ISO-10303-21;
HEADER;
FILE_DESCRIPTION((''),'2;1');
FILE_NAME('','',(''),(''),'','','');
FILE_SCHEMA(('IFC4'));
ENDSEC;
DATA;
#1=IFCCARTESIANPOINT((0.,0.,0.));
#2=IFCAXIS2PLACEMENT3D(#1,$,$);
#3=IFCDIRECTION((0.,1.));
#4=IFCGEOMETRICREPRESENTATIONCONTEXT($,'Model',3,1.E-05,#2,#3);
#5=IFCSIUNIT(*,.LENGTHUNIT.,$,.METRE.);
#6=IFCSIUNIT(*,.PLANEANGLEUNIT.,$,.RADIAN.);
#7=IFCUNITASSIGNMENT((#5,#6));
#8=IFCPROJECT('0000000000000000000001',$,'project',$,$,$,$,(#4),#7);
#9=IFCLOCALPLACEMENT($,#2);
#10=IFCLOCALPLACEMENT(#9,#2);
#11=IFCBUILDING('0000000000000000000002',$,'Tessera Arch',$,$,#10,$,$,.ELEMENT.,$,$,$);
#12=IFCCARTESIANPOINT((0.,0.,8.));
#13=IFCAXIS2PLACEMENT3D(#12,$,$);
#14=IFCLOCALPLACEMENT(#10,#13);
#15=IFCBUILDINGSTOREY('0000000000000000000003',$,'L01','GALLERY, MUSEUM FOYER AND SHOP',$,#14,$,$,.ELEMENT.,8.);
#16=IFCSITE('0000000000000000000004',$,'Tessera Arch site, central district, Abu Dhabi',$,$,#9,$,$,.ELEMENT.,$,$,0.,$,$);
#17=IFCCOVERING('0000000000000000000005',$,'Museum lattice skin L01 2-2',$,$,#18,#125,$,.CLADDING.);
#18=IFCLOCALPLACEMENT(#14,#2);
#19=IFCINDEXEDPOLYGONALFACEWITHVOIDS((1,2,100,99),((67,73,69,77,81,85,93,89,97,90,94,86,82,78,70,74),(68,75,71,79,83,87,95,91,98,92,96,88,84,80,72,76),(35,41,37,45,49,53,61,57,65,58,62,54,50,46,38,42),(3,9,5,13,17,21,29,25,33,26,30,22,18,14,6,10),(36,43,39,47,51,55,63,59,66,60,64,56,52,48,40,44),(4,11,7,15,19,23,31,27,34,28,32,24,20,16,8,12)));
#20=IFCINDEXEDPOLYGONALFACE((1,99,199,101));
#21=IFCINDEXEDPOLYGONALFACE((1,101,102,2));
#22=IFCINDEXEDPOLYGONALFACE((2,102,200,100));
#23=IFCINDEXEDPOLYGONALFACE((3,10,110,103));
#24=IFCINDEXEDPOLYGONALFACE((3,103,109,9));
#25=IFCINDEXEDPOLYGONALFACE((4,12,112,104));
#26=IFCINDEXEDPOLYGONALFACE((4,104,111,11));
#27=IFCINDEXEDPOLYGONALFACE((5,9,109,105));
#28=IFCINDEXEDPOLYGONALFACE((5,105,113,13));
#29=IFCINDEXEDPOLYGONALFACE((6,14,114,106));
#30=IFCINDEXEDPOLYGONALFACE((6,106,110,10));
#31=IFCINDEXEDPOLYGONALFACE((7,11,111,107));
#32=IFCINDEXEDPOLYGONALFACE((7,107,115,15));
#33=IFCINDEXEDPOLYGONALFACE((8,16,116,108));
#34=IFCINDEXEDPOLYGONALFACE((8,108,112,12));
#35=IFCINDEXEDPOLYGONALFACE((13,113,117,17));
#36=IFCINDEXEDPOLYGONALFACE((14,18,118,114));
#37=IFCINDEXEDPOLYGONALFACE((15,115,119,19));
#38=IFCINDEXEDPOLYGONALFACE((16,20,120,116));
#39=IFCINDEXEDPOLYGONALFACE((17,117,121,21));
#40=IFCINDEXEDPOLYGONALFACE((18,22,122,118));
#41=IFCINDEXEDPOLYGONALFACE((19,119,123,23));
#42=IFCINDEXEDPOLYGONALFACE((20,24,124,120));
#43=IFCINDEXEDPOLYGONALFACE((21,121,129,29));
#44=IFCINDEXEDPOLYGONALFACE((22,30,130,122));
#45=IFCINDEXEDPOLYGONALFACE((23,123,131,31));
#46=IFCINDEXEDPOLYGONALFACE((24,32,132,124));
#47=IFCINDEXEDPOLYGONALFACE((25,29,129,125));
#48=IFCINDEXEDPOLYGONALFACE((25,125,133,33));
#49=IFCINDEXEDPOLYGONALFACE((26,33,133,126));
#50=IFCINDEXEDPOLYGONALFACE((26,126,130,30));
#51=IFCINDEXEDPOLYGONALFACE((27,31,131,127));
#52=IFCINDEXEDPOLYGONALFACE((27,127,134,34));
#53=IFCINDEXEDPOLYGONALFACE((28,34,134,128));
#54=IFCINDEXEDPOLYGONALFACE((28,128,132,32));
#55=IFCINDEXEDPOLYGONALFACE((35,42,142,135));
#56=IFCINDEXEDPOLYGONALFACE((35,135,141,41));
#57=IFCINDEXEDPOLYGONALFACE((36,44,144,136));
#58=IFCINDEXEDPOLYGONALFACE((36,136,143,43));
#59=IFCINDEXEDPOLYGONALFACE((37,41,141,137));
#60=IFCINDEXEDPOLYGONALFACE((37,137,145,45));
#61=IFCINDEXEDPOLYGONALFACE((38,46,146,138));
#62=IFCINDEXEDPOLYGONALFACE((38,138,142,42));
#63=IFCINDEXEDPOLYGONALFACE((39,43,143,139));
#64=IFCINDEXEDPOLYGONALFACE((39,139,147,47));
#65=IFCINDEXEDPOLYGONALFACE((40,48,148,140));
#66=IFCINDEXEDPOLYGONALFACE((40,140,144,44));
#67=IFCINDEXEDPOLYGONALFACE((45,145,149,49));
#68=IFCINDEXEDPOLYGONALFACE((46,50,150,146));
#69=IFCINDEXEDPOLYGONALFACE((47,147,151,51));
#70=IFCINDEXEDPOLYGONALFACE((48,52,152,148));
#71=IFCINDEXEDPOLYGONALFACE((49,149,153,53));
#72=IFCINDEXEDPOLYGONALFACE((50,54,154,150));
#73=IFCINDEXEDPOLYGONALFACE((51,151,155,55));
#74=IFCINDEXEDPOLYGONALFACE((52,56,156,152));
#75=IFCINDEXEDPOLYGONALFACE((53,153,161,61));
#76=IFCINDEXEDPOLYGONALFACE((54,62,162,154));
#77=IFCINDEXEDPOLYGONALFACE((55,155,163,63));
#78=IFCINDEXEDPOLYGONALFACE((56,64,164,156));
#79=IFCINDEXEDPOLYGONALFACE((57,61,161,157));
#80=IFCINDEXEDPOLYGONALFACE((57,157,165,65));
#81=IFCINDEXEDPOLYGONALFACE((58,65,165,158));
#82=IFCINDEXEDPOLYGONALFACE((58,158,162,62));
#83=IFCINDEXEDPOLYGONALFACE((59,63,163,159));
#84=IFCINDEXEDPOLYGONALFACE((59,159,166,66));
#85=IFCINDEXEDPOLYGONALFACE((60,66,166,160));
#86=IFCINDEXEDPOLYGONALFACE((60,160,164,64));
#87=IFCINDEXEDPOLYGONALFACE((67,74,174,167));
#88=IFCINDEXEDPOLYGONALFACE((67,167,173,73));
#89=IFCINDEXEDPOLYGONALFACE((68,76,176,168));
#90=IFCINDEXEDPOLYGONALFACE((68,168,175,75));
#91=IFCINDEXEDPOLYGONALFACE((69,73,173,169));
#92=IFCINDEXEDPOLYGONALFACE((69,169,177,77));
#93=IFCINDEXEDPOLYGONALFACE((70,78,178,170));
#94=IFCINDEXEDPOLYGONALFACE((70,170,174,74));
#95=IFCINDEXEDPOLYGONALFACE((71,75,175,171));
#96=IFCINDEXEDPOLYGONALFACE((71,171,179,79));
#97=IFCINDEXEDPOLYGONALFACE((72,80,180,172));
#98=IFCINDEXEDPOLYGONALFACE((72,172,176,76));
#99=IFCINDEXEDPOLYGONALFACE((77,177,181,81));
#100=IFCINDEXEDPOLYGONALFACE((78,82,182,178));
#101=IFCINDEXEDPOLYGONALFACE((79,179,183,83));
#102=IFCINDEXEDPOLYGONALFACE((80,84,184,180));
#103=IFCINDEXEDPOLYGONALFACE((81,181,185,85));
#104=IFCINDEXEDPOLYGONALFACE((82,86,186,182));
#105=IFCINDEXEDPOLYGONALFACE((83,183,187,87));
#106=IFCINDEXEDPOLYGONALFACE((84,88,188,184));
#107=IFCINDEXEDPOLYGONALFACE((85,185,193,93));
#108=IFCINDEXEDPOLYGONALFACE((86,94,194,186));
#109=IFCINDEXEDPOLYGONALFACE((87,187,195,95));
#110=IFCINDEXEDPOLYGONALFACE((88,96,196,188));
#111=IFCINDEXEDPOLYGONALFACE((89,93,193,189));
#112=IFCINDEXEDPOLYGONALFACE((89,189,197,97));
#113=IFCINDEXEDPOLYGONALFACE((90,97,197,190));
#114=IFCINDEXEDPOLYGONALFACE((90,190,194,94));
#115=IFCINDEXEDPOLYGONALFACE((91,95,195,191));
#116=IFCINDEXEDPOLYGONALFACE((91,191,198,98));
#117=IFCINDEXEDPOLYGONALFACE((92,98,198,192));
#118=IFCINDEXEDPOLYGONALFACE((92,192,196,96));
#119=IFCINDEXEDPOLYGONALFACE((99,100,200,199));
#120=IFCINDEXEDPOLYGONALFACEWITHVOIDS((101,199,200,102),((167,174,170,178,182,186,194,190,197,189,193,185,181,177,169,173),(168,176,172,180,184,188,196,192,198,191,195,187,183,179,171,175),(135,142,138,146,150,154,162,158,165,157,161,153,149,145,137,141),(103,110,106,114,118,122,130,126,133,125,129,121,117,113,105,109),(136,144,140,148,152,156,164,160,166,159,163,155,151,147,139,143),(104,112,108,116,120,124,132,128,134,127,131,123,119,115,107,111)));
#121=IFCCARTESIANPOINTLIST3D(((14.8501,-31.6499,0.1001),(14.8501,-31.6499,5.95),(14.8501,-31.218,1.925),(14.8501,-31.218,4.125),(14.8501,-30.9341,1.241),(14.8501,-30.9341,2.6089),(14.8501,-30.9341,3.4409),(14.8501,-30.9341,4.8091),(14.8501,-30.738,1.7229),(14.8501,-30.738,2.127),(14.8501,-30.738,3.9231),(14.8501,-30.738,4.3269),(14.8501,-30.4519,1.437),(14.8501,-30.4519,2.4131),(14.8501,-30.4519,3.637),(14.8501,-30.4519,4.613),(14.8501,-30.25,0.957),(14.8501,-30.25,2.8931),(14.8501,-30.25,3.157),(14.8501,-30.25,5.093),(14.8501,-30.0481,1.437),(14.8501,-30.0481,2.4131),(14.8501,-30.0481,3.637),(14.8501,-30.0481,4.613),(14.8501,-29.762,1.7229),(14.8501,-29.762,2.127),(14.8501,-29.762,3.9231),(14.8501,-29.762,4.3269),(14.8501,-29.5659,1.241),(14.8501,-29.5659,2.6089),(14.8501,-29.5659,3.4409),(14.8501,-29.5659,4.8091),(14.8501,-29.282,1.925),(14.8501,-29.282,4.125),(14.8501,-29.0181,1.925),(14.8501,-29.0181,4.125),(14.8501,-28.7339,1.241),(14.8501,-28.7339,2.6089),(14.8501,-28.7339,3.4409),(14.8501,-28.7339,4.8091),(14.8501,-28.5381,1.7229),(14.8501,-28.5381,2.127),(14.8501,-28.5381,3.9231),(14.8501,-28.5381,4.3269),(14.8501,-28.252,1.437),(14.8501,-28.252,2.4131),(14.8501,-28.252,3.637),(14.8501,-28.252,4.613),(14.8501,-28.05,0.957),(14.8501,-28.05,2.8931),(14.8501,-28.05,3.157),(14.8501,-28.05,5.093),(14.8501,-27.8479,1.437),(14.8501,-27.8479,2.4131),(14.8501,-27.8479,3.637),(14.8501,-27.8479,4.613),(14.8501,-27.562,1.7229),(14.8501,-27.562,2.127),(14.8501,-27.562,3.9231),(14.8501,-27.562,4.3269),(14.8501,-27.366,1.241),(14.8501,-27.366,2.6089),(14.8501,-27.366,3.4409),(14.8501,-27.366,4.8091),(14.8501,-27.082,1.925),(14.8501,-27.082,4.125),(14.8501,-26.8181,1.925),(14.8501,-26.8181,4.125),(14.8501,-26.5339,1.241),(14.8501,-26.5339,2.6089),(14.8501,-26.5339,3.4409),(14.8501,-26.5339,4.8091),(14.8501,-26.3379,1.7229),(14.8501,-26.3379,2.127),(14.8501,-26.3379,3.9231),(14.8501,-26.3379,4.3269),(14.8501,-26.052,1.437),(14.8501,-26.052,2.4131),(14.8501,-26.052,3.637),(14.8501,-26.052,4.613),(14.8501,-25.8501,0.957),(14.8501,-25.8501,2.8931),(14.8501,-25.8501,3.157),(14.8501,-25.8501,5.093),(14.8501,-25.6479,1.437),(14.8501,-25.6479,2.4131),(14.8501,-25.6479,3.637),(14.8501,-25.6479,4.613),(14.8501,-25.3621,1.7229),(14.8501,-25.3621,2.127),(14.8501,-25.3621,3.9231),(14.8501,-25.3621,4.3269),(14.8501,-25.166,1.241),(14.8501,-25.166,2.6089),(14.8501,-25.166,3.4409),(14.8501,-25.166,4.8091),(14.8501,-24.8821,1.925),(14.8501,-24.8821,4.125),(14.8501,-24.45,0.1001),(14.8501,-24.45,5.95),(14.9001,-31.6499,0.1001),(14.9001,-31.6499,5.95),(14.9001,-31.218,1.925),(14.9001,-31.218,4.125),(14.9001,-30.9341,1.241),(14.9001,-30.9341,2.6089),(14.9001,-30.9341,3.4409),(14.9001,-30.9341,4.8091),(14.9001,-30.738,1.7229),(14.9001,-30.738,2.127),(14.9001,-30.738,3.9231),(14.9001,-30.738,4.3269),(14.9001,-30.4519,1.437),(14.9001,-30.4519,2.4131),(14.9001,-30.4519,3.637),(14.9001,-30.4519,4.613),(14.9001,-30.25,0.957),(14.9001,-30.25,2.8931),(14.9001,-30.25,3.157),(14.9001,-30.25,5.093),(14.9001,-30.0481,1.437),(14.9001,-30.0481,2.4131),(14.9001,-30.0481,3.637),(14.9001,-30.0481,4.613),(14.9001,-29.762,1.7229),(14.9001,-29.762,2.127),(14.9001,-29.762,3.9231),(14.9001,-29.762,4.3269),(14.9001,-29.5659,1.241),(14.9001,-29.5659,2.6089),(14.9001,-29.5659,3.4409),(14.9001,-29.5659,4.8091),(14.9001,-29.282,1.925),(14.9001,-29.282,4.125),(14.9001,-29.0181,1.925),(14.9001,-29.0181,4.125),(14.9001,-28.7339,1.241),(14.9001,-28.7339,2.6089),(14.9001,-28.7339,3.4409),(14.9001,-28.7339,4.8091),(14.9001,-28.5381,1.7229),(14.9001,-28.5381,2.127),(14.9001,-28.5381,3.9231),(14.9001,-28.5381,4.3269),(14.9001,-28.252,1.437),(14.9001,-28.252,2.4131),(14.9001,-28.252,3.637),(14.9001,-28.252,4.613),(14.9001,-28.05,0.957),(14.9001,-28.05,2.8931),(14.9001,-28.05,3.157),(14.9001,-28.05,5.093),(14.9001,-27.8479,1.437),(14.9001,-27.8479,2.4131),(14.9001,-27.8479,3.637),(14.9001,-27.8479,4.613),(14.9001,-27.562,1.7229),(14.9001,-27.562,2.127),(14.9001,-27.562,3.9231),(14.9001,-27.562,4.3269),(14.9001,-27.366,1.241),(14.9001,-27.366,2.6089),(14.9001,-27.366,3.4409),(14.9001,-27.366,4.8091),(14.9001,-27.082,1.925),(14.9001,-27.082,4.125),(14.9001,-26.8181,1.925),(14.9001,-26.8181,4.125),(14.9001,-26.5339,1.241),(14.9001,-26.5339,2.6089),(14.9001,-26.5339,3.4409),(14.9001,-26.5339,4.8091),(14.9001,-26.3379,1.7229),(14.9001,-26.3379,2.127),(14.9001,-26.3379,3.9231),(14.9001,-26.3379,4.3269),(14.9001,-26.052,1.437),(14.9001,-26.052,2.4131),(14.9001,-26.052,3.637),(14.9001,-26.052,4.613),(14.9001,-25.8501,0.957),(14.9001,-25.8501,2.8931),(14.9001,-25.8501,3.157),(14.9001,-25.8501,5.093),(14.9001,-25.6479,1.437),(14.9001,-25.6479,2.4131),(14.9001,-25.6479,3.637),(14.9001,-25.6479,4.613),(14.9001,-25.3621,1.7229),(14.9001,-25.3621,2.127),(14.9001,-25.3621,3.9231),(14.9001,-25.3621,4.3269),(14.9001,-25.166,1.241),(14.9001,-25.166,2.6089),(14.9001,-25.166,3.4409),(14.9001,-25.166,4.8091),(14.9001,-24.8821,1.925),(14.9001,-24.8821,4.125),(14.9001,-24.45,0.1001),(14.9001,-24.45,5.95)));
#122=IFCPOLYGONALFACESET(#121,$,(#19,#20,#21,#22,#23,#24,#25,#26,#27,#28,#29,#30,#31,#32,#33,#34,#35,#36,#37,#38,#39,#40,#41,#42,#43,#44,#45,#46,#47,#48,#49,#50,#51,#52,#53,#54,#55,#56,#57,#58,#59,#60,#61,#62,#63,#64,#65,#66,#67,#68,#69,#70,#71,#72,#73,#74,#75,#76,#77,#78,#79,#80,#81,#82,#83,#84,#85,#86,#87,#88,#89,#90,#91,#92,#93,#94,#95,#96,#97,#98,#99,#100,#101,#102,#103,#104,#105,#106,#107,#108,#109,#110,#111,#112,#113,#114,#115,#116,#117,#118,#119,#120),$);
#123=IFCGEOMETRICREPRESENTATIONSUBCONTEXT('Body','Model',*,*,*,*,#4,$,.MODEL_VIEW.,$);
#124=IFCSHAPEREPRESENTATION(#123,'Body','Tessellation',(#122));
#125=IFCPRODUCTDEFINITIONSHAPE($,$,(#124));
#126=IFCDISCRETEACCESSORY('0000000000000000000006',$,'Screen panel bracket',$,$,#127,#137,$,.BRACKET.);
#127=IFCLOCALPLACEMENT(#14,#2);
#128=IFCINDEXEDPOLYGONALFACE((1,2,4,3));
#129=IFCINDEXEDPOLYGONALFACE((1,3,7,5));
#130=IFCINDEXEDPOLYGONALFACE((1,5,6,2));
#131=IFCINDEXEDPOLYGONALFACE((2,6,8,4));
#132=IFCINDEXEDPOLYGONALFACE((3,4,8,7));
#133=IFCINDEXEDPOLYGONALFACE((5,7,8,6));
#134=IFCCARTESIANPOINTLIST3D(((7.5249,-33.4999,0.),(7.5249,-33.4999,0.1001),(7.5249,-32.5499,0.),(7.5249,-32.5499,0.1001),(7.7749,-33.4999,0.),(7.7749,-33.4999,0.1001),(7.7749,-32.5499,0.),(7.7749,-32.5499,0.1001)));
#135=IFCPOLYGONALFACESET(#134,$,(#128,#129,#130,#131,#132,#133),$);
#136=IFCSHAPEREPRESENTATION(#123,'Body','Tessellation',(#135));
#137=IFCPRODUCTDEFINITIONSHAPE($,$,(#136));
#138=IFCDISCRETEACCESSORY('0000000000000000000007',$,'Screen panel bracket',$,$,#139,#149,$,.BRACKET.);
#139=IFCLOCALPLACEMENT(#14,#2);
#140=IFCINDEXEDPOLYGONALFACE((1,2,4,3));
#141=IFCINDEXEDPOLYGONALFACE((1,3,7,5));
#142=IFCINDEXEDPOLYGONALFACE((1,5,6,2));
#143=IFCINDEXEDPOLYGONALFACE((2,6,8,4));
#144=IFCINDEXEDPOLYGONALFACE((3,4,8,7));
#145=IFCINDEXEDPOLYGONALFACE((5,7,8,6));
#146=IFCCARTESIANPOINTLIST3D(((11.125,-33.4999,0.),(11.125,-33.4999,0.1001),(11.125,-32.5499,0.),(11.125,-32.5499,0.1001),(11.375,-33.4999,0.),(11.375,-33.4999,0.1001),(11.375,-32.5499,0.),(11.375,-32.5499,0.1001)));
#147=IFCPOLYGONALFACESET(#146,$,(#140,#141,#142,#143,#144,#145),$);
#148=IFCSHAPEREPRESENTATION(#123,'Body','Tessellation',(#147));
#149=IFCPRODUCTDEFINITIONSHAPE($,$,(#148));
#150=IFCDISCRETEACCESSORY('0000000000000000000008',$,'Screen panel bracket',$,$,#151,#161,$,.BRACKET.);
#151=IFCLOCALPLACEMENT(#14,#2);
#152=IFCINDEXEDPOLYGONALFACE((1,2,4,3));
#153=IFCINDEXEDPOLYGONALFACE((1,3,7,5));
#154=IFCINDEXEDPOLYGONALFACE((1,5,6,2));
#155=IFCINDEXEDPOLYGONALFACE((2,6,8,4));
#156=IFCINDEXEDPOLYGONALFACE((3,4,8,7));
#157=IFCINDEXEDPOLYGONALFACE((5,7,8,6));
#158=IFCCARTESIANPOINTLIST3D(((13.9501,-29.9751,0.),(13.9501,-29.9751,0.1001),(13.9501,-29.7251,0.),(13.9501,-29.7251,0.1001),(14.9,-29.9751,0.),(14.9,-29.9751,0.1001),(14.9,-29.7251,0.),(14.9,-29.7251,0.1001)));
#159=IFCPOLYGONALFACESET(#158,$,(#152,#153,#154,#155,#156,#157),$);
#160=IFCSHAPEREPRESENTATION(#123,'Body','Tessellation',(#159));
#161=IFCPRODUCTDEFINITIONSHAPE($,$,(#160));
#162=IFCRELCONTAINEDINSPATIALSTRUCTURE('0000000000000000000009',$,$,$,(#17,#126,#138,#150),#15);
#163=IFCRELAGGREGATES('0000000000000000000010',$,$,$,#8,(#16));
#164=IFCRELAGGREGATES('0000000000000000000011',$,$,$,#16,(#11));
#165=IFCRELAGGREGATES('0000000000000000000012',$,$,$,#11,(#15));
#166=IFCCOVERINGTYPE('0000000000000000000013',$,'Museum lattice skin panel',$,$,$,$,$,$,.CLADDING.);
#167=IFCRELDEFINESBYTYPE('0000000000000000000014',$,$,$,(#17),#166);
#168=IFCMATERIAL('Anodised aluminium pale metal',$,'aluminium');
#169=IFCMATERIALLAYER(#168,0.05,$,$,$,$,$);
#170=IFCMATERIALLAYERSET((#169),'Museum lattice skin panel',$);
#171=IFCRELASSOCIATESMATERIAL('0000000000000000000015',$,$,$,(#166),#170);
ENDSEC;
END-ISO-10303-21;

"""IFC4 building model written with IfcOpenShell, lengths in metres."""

from ifc_helpers import new_model, si_unit, direction, frame, origin, origin_2d, place, context, subcontext, project, spatial, polyline, rectangle, outline, extrude, material, layer, layer_set, type_object, element, save


model = new_model("IFC4")

# Units and contexts
model_context = context("Model", 3, precision=1e-05, world=origin(), true_north=direction((0.0, 1.0)))
body_context = subcontext(model_context, "Body", "Model", "MODEL_VIEW")
ifc_project = project(units=[si_unit("LENGTHUNIT", "METRE"), si_unit("PLANEANGLEUNIT", "RADIAN")], contexts=[model_context])

# Site, building, storey
site_placement = place(None, origin())
site = spatial("IfcSite", under=ifc_project, at=site_placement, Name="Tessera Arch site, central district, Abu Dhabi", CompositionType="ELEMENT", RefElevation=0.0)
building_placement = place(site_placement, origin())
building = spatial("IfcBuilding", under=site, at=building_placement, Name="Tessera Arch", CompositionType="ELEMENT")
storey_placement = place(building_placement, frame((0.0, 0.0, 8.0)))
storey = spatial("IfcBuildingStorey", under=building, at=storey_placement, Name="L01", Description="GALLERY, MUSEUM FOYER AND SHOP", CompositionType="ELEMENT", Elevation=8.0)

# Covering
ifc_material_1 = material(Name="Anodised aluminium pale metal", Category="aluminium")
ifc_layer_1 = layer(ifc_material_1, 0.05)
ifc_layer_set_1 = layer_set([ifc_layer_1], Name="Museum lattice skin panel")
covering_type = type_object("IfcCoveringType", Name="Museum lattice skin panel", PredefinedType="CLADDING", material=ifc_layer_set_1)
covering_placement = place(storey_placement, frame((14.8501, -31.6499, 5.95), z_axis=(-1.0, 0.0, 0.0), x_axis=(0.0, 1.0, 0.0)))
element("IfcCovering", 1, at=covering_placement, inside=storey, type_object=covering_type, Name="Museum lattice skin L01 2-2", PredefinedType="CLADDING", context=body_context, shape_type="SweptSolid", body=[
    extrude(outline(polyline([(0.0, 0.0), (7.2, 0.0), (7.2, 5.8499), (0.0, 5.8499), (0.0, 0.0)]), holes=[polyline([(2.3679, 4.0249), (1.8879, 3.823), (2.084, 3.3411), (1.6018, 3.5369), (1.3999, 3.0569), (1.198, 3.5369), (0.7158, 3.3411), (0.9119, 3.823), (0.4319, 4.0249), (0.9119, 4.2271), (0.7158, 4.709), (1.198, 4.5129), (1.3999, 4.9929), (1.6018, 4.5129), (2.084, 4.709), (1.8879, 4.2271), (2.3679, 4.0249)]), polyline([(2.3679, 1.825), (1.8879, 1.623), (2.084, 1.1409), (1.6018, 1.3369), (1.3999, 0.8569), (1.198, 1.3369), (0.7158, 1.1409), (0.9119, 1.623), (0.4319, 1.825), (0.9119, 2.0269), (0.7158, 2.509), (1.198, 2.313), (1.3999, 2.793), (1.6018, 2.313), (2.084, 2.509), (1.8879, 2.0269), (2.3679, 1.825)]), polyline([(4.5679, 4.0249), (4.0879, 3.823), (4.2839, 3.3411), (3.802, 3.5369), (3.5999, 3.0569), (3.3979, 3.5369), (2.916, 3.3411), (3.1118, 3.823), (2.6318, 4.0249), (3.1118, 4.2271), (2.916, 4.709), (3.3979, 4.5129), (3.5999, 4.9929), (3.802, 4.5129), (4.2839, 4.709), (4.0879, 4.2271), (4.5679, 4.0249)]), polyline([(4.5679, 1.825), (4.0879, 1.623), (4.2839, 1.1409), (3.802, 1.3369), (3.5999, 0.8569), (3.3979, 1.3369), (2.916, 1.1409), (3.1118, 1.623), (2.6318, 1.825), (3.1118, 2.0269), (2.916, 2.509), (3.3979, 2.313), (3.5999, 2.793), (3.802, 2.313), (4.2839, 2.509), (4.0879, 2.0269), (4.5679, 1.825)]), polyline([(6.7678, 4.0249), (6.2878, 3.823), (6.4839, 3.3411), (6.002, 3.5369), (5.7998, 3.0569), (5.5979, 3.5369), (5.116, 3.3411), (5.312, 3.823), (4.8318, 4.0249), (5.312, 4.2271), (5.116, 4.709), (5.5979, 4.5129), (5.7998, 4.9929), (6.002, 4.5129), (6.4839, 4.709), (6.2878, 4.2271), (6.7678, 4.0249)]), polyline([(6.7678, 1.825), (6.2878, 1.623), (6.4839, 1.1409), (6.002, 1.3369), (5.7998, 0.8569), (5.5979, 1.3369), (5.116, 1.1409), (5.312, 1.623), (4.8318, 1.825), (5.312, 2.0269), (5.116, 2.509), (5.5979, 2.313), (5.7998, 2.793), (6.002, 2.313), (6.4839, 2.509), (6.2878, 2.0269), (6.7678, 1.825)])]), origin(), (0.0, 0.0, -1.0), 0.05),
])

# Discrete accessories
for number, where, z_axis, x_axis, name in (
    (2, (7.6499, -33.0249, 0.0), (0.0, 0.0, 1.0), (0.0, -1.0, 0.0), "Screen panel bracket"),
    (3, (11.25, -33.0249, 0.0), (0.0, 0.0, 1.0), (0.0, -1.0, 0.0), "Screen panel bracket"),
    (4, (14.425, -29.8501, 0.0), (0.0, 0.0, 1.0), (1.0, 0.0, 0.0), "Screen panel bracket"),
):
    element("IfcDiscreteAccessory", number, at=place(storey_placement, frame(where, z_axis=z_axis, x_axis=x_axis)), inside=storey, Name=name, PredefinedType="BRACKET", context=body_context, shape_type="SweptSolid", body=[
        extrude(rectangle(XDim=0.95, YDim=0.25, at=origin_2d()), origin(), (0.0, 0.0, 1.0), 0.1001),
    ])

save(model, "model.ifc")
